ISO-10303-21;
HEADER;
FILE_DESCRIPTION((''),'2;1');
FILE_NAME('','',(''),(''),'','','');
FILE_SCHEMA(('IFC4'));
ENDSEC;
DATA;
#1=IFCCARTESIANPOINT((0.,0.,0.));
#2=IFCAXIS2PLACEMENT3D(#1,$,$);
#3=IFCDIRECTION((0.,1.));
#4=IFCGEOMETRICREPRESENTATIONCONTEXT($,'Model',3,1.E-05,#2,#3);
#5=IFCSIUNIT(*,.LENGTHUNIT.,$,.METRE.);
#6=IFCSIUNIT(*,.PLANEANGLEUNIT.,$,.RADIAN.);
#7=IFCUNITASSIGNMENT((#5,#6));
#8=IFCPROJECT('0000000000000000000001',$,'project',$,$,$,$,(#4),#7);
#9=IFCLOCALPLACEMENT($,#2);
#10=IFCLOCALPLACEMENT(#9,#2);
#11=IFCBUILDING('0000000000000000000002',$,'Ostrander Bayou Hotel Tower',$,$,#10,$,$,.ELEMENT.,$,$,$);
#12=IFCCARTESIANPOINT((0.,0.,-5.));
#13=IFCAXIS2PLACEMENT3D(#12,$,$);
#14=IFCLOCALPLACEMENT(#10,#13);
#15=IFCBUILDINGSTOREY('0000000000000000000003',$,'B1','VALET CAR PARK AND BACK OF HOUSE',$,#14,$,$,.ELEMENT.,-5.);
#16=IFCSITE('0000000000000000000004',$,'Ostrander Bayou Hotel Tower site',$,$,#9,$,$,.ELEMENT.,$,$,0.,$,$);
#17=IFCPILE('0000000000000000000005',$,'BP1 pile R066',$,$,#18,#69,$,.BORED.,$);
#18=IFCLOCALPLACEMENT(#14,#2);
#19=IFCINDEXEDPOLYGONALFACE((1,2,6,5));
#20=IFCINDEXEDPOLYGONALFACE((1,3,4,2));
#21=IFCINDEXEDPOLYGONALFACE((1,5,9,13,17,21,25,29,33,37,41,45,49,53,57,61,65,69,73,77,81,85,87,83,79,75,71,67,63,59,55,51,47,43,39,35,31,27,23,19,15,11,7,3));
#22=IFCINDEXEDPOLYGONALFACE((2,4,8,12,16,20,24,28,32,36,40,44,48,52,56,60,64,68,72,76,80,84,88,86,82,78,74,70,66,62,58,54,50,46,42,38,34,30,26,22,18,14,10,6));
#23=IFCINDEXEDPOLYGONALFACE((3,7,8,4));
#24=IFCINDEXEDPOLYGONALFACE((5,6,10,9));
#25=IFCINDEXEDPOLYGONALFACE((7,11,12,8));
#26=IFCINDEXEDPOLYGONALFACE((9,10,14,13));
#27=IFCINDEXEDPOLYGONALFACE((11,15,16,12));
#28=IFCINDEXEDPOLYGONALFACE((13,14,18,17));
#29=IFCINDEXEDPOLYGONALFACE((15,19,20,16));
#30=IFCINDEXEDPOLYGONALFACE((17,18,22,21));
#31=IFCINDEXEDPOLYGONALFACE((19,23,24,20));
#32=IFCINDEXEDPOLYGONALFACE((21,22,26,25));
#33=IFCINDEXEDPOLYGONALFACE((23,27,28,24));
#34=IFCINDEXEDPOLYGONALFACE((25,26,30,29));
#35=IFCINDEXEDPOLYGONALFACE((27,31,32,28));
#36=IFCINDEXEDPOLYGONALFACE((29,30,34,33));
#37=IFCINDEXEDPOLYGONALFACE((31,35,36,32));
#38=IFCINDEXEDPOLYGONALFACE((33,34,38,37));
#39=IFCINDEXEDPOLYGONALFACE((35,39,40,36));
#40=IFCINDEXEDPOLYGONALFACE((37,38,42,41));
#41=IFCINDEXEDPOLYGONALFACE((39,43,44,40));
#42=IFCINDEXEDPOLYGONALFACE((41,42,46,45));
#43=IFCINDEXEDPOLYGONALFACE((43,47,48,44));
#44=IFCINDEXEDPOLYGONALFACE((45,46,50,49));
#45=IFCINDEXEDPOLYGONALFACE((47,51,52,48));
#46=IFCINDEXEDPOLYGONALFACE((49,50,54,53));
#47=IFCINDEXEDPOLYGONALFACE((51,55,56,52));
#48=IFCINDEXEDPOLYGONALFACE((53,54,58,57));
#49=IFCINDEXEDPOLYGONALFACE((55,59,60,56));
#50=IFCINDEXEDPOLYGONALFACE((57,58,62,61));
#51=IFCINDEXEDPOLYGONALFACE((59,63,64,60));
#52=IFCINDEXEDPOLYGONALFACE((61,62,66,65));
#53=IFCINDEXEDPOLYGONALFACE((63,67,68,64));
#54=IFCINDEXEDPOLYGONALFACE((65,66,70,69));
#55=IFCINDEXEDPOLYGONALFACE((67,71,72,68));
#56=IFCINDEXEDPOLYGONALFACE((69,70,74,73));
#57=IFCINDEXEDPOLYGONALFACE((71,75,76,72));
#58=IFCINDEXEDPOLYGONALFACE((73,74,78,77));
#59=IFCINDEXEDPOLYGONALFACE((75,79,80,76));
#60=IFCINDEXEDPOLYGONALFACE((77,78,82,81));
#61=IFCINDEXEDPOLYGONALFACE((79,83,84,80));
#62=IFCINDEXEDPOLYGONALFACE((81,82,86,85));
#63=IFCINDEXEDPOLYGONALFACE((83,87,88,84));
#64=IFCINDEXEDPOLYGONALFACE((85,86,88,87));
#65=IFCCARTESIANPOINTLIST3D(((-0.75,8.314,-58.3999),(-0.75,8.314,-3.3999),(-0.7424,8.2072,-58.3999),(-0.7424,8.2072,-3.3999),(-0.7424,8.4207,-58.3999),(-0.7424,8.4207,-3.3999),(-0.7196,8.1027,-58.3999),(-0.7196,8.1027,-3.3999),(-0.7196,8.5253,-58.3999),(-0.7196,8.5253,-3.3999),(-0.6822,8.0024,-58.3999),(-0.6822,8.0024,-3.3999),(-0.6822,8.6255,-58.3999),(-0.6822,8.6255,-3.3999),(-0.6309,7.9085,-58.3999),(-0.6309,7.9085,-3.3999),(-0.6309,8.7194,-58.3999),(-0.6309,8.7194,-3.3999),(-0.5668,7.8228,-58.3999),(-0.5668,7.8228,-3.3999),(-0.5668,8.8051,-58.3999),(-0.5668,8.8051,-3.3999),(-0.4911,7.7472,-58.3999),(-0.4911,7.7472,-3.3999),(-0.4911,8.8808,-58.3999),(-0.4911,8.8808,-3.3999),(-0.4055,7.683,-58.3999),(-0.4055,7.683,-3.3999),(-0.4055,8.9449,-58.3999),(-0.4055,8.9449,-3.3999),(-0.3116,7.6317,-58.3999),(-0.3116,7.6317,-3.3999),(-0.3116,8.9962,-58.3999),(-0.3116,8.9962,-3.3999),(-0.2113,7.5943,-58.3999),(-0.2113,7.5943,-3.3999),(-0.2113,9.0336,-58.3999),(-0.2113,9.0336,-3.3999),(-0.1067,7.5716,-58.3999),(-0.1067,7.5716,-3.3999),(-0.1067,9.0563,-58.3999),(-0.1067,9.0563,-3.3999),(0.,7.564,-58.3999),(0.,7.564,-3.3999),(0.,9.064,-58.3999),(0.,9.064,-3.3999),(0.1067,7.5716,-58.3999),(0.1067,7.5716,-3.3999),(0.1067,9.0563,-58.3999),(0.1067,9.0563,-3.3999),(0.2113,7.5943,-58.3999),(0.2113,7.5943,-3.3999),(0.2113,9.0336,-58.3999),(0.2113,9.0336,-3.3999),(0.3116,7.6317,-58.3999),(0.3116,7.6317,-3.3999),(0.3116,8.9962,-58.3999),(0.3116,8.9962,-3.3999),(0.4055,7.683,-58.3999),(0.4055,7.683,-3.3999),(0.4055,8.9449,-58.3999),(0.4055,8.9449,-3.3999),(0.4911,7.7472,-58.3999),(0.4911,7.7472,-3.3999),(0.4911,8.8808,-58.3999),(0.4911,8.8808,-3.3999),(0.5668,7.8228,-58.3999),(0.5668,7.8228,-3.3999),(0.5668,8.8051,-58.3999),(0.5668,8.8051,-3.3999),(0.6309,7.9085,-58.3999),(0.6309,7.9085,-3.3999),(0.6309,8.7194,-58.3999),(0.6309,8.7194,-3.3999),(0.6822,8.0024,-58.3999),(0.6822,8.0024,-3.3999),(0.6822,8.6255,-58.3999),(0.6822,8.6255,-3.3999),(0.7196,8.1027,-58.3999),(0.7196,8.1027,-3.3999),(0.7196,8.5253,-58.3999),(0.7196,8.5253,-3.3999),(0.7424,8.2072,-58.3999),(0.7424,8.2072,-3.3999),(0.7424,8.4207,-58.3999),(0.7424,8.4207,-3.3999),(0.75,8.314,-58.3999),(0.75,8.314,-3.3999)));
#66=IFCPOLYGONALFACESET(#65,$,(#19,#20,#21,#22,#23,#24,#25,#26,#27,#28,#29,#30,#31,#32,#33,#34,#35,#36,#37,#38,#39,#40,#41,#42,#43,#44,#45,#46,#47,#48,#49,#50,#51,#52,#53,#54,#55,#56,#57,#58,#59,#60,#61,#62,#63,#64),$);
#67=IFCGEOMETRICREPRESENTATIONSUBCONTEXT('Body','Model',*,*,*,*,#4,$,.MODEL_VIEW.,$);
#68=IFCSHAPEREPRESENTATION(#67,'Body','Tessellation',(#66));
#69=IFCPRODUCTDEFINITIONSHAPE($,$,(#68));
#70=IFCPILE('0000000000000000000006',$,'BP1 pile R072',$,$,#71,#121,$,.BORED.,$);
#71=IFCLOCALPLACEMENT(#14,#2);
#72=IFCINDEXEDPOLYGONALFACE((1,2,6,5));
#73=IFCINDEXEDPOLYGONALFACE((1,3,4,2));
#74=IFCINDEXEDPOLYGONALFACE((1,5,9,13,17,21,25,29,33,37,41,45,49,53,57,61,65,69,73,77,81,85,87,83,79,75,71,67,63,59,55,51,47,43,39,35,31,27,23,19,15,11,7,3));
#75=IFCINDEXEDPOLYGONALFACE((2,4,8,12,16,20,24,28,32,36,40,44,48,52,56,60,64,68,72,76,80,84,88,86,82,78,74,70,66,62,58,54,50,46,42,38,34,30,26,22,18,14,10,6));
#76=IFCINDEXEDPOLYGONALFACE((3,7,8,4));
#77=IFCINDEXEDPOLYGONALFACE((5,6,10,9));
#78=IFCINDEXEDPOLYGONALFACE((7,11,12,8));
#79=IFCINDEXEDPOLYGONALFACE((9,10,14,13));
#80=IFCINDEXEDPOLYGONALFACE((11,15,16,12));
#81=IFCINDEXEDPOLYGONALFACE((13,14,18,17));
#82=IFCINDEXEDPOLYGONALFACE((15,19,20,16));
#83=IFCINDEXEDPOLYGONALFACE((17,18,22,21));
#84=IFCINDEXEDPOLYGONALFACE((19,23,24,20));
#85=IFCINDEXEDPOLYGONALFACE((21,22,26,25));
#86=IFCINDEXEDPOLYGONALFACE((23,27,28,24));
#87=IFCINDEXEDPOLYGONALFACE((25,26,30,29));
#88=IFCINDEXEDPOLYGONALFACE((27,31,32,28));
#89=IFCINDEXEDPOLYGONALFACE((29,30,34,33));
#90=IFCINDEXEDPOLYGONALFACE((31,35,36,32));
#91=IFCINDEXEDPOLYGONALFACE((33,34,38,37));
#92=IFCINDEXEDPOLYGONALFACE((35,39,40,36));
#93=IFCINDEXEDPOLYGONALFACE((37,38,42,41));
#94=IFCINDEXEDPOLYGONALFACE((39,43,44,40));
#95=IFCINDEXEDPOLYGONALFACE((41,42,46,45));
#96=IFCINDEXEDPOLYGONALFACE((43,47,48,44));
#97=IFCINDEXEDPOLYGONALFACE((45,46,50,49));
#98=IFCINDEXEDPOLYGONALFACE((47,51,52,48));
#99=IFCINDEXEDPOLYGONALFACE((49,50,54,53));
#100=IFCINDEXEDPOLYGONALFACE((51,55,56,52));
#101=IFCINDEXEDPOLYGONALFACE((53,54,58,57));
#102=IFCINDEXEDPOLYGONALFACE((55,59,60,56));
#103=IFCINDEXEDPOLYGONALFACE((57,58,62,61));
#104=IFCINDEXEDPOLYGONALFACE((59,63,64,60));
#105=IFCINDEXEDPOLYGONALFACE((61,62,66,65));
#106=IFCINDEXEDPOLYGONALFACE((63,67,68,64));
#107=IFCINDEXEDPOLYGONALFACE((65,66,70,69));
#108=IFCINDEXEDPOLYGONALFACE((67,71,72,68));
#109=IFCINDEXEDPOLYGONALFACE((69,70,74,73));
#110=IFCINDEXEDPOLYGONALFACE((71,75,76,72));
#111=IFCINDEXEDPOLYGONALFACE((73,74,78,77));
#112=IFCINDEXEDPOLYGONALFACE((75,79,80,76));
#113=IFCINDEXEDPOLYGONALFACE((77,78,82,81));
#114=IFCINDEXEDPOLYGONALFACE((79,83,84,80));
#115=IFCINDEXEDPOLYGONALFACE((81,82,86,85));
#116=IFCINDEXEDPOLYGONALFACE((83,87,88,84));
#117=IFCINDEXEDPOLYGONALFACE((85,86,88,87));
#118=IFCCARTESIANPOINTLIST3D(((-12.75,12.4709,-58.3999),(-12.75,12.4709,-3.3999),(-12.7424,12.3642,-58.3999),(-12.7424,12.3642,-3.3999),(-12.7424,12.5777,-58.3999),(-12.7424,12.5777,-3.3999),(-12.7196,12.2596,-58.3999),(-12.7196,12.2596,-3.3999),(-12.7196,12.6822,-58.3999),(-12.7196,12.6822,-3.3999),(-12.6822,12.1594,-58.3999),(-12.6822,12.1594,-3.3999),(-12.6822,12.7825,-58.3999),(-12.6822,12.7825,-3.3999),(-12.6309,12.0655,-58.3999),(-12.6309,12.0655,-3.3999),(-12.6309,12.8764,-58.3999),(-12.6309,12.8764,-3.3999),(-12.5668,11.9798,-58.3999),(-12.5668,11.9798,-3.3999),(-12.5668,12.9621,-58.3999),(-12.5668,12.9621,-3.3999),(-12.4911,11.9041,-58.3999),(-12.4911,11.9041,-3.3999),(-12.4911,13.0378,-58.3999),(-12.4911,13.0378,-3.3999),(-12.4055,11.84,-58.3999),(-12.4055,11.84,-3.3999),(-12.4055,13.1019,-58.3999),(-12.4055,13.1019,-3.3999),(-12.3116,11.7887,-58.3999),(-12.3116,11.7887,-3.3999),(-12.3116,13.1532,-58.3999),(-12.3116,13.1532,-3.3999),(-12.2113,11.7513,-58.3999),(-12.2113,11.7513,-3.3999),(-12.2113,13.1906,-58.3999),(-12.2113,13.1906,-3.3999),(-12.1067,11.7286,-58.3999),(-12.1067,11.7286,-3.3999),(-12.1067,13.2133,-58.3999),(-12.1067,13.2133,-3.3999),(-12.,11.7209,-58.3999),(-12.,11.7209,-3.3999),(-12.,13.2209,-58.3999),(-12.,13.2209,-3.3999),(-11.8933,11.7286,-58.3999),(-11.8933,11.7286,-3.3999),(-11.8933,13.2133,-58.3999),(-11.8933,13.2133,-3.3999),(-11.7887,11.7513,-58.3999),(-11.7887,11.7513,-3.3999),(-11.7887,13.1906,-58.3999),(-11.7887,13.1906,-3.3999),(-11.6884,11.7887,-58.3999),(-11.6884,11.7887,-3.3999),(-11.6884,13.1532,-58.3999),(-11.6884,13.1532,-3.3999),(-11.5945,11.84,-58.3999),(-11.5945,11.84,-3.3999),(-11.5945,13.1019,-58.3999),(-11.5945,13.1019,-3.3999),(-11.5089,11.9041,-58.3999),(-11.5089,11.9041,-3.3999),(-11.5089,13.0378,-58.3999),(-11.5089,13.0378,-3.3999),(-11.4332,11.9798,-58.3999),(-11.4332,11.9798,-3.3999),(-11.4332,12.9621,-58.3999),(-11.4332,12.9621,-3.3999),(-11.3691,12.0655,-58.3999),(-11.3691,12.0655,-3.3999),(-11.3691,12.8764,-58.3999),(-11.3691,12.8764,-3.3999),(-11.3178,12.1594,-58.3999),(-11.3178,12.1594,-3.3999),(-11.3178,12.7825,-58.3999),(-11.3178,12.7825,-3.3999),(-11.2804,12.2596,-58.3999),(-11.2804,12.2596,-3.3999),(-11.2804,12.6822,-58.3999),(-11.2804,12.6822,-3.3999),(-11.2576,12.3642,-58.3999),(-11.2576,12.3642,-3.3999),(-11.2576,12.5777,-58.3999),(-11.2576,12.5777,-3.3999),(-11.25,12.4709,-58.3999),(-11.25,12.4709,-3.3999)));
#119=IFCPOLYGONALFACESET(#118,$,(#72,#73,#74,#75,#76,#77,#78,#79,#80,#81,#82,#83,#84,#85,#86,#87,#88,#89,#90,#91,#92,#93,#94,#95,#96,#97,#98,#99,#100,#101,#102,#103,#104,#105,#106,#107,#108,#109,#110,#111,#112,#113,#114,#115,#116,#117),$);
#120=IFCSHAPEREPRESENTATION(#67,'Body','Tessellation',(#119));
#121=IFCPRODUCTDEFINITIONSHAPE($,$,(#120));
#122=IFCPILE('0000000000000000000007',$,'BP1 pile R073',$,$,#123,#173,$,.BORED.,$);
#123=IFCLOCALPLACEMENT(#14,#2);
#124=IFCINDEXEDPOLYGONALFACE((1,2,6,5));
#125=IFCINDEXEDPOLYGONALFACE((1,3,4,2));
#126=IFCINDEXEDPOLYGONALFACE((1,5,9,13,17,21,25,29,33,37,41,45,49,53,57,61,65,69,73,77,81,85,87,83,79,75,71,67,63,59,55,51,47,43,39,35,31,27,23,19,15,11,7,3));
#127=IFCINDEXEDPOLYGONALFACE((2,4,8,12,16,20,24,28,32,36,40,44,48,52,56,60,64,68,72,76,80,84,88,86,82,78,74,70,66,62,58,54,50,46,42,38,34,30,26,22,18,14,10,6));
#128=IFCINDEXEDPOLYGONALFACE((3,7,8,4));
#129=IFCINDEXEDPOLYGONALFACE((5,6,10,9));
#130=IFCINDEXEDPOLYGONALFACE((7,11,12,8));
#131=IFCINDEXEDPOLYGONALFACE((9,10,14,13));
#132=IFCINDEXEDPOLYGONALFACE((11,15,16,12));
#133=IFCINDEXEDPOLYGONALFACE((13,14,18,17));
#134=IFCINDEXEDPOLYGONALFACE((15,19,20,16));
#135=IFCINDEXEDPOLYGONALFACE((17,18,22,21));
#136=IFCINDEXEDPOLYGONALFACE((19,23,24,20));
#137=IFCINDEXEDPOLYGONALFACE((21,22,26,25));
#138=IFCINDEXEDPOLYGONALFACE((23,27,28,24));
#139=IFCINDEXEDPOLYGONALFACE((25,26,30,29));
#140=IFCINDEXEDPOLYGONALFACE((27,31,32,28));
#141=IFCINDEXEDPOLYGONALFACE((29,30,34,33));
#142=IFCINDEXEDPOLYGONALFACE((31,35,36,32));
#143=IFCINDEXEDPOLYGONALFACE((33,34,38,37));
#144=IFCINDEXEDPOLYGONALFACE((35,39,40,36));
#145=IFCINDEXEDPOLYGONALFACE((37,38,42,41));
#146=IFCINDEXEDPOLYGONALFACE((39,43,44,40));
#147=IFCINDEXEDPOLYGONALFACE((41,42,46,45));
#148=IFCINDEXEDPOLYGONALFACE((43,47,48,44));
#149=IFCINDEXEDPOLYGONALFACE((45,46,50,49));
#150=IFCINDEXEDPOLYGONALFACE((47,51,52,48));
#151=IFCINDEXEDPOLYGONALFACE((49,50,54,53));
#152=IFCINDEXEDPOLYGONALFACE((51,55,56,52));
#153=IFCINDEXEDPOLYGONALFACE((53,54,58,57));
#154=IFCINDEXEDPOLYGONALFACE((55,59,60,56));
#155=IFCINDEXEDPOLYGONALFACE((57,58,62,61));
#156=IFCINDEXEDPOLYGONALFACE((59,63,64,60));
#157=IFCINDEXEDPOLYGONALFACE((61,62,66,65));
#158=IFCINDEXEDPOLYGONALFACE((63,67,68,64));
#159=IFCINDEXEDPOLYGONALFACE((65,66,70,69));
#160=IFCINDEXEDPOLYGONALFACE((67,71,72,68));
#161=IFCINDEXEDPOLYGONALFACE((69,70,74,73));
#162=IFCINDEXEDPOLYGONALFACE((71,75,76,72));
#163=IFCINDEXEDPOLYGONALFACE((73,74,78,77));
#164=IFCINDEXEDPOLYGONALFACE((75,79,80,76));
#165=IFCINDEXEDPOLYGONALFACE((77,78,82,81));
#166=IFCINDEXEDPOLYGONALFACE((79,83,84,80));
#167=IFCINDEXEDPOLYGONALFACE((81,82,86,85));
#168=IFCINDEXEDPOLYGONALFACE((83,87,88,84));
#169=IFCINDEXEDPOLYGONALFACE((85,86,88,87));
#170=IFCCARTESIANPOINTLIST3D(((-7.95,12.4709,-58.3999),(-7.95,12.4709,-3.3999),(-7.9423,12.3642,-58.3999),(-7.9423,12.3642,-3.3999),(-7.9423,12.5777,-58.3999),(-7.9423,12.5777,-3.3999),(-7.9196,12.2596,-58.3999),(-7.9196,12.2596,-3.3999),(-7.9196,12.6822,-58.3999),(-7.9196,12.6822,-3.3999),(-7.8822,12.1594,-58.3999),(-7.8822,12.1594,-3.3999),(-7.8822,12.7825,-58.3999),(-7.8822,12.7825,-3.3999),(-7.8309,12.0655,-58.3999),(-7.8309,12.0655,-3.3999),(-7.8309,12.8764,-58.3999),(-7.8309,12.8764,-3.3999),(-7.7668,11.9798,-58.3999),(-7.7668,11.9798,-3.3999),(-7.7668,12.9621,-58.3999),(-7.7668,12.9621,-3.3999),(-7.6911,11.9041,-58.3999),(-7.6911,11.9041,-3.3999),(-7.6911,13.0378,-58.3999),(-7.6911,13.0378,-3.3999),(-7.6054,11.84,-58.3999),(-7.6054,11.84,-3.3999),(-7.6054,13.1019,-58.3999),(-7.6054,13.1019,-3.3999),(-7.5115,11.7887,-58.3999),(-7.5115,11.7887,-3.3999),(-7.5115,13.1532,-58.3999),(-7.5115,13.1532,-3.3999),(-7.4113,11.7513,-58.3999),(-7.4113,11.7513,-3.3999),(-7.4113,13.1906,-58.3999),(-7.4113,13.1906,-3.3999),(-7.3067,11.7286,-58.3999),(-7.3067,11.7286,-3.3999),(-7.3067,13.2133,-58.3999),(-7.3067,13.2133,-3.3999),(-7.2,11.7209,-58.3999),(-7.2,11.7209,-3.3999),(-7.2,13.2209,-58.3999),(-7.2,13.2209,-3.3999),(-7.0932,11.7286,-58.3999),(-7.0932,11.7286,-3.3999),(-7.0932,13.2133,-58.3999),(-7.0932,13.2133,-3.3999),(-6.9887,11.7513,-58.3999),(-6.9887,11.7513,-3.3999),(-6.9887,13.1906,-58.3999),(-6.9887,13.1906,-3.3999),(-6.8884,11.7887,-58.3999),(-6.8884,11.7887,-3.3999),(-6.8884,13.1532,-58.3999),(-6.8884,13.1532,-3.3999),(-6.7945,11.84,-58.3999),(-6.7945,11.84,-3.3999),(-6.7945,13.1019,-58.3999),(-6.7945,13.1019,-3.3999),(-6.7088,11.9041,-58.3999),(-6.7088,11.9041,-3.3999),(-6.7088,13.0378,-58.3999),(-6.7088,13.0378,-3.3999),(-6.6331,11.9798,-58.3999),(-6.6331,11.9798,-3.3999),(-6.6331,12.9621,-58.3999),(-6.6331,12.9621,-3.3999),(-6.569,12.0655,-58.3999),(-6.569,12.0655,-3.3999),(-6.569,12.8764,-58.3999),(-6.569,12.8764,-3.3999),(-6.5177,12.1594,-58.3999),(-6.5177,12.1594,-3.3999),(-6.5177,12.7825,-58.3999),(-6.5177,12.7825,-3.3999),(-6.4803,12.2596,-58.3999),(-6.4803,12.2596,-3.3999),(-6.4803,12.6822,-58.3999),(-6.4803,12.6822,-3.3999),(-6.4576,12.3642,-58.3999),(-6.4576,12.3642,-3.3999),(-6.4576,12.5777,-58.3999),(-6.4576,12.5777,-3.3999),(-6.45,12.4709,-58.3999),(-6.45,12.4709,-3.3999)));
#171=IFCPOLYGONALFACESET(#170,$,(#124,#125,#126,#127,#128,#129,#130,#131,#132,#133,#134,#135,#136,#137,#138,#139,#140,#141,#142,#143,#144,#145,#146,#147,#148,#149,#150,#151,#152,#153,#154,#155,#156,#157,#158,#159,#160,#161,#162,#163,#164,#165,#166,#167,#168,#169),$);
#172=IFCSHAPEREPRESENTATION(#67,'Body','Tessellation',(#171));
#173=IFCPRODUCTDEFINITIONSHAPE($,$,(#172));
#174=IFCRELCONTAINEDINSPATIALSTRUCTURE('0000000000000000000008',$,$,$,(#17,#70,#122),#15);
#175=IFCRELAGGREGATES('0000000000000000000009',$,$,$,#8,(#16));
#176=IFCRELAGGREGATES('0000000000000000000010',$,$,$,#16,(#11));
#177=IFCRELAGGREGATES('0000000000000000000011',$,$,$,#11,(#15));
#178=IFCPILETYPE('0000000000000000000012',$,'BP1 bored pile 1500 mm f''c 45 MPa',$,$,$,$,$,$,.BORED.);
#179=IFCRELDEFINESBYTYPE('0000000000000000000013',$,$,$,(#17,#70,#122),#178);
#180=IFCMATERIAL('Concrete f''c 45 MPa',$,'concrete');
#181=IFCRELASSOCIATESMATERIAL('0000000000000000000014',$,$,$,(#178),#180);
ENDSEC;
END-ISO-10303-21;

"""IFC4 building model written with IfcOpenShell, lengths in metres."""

from ifc_helpers import new_model, si_unit, direction, frame, origin, origin_2d, place, context, subcontext, project, spatial, circle, extrude, material, material_profile, profile_set, type_object, element, save


model = new_model("IFC4")

# Units and contexts
model_context = context("Model", 3, precision=1e-05, world=origin(), true_north=direction((0.0, 1.0)))
body_context = subcontext(model_context, "Body", "Model", "MODEL_VIEW")
ifc_project = project(units=[si_unit("LENGTHUNIT", "METRE"), si_unit("PLANEANGLEUNIT", "RADIAN")], contexts=[model_context])

# Site, building, storey
site_placement = place(None, origin())
site = spatial("IfcSite", under=ifc_project, at=site_placement, Name="Ostrander Bayou Hotel Tower site", CompositionType="ELEMENT", RefElevation=0.0)
building_placement = place(site_placement, origin())
building = spatial("IfcBuilding", under=site, at=building_placement, Name="Ostrander Bayou Hotel Tower", CompositionType="ELEMENT")
storey_placement = place(building_placement, frame((0.0, 0.0, -5.0)))
storey = spatial("IfcBuildingStorey", under=building, at=storey_placement, Name="B1", Description="VALET CAR PARK AND BACK OF HOUSE", CompositionType="ELEMENT", Elevation=-5.0)

# Piles
ifc_material_1 = material(Name="Concrete f'c 45 MPa", Category="concrete")
ifc_material_profile = material_profile(ifc_material_1, circle(Radius=0.75, at=origin_2d()))
ifc_profile_set = profile_set([ifc_material_profile], Name="Concrete f'c 45 MPa")
pile_type = type_object("IfcPileType", Name="BP1 bored pile 1500 mm f'c 45 MPa", PredefinedType="BORED", material=ifc_profile_set)
for number, where, z_axis, x_axis, name in (
    (1, (0.0, 8.314, -3.3999), (0.0, 0.0, -1.0), (1.0, 0.0, 0.0), "BP1 pile R066"),
    (2, (-12.0, 12.4709, -3.3999), (0.0, 0.0, -1.0), (1.0, 0.0, 0.0), "BP1 pile R072"),
    (3, (-7.2, 12.4709, -3.3999), (0.0, 0.0, -1.0), (1.0, 0.0, 0.0), "BP1 pile R073"),
):
    element("IfcPile", number, at=place(storey_placement, frame(where, z_axis=z_axis, x_axis=x_axis)), inside=storey, type_object=pile_type, Name=name, PredefinedType="BORED", context=body_context, shape_type="SweptSolid", body=[
        extrude(circle(Radius=0.75, at=origin_2d()), origin(), (0.0, 0.0, 1.0), 55.0),
    ])

save(model, "model.ifc")
